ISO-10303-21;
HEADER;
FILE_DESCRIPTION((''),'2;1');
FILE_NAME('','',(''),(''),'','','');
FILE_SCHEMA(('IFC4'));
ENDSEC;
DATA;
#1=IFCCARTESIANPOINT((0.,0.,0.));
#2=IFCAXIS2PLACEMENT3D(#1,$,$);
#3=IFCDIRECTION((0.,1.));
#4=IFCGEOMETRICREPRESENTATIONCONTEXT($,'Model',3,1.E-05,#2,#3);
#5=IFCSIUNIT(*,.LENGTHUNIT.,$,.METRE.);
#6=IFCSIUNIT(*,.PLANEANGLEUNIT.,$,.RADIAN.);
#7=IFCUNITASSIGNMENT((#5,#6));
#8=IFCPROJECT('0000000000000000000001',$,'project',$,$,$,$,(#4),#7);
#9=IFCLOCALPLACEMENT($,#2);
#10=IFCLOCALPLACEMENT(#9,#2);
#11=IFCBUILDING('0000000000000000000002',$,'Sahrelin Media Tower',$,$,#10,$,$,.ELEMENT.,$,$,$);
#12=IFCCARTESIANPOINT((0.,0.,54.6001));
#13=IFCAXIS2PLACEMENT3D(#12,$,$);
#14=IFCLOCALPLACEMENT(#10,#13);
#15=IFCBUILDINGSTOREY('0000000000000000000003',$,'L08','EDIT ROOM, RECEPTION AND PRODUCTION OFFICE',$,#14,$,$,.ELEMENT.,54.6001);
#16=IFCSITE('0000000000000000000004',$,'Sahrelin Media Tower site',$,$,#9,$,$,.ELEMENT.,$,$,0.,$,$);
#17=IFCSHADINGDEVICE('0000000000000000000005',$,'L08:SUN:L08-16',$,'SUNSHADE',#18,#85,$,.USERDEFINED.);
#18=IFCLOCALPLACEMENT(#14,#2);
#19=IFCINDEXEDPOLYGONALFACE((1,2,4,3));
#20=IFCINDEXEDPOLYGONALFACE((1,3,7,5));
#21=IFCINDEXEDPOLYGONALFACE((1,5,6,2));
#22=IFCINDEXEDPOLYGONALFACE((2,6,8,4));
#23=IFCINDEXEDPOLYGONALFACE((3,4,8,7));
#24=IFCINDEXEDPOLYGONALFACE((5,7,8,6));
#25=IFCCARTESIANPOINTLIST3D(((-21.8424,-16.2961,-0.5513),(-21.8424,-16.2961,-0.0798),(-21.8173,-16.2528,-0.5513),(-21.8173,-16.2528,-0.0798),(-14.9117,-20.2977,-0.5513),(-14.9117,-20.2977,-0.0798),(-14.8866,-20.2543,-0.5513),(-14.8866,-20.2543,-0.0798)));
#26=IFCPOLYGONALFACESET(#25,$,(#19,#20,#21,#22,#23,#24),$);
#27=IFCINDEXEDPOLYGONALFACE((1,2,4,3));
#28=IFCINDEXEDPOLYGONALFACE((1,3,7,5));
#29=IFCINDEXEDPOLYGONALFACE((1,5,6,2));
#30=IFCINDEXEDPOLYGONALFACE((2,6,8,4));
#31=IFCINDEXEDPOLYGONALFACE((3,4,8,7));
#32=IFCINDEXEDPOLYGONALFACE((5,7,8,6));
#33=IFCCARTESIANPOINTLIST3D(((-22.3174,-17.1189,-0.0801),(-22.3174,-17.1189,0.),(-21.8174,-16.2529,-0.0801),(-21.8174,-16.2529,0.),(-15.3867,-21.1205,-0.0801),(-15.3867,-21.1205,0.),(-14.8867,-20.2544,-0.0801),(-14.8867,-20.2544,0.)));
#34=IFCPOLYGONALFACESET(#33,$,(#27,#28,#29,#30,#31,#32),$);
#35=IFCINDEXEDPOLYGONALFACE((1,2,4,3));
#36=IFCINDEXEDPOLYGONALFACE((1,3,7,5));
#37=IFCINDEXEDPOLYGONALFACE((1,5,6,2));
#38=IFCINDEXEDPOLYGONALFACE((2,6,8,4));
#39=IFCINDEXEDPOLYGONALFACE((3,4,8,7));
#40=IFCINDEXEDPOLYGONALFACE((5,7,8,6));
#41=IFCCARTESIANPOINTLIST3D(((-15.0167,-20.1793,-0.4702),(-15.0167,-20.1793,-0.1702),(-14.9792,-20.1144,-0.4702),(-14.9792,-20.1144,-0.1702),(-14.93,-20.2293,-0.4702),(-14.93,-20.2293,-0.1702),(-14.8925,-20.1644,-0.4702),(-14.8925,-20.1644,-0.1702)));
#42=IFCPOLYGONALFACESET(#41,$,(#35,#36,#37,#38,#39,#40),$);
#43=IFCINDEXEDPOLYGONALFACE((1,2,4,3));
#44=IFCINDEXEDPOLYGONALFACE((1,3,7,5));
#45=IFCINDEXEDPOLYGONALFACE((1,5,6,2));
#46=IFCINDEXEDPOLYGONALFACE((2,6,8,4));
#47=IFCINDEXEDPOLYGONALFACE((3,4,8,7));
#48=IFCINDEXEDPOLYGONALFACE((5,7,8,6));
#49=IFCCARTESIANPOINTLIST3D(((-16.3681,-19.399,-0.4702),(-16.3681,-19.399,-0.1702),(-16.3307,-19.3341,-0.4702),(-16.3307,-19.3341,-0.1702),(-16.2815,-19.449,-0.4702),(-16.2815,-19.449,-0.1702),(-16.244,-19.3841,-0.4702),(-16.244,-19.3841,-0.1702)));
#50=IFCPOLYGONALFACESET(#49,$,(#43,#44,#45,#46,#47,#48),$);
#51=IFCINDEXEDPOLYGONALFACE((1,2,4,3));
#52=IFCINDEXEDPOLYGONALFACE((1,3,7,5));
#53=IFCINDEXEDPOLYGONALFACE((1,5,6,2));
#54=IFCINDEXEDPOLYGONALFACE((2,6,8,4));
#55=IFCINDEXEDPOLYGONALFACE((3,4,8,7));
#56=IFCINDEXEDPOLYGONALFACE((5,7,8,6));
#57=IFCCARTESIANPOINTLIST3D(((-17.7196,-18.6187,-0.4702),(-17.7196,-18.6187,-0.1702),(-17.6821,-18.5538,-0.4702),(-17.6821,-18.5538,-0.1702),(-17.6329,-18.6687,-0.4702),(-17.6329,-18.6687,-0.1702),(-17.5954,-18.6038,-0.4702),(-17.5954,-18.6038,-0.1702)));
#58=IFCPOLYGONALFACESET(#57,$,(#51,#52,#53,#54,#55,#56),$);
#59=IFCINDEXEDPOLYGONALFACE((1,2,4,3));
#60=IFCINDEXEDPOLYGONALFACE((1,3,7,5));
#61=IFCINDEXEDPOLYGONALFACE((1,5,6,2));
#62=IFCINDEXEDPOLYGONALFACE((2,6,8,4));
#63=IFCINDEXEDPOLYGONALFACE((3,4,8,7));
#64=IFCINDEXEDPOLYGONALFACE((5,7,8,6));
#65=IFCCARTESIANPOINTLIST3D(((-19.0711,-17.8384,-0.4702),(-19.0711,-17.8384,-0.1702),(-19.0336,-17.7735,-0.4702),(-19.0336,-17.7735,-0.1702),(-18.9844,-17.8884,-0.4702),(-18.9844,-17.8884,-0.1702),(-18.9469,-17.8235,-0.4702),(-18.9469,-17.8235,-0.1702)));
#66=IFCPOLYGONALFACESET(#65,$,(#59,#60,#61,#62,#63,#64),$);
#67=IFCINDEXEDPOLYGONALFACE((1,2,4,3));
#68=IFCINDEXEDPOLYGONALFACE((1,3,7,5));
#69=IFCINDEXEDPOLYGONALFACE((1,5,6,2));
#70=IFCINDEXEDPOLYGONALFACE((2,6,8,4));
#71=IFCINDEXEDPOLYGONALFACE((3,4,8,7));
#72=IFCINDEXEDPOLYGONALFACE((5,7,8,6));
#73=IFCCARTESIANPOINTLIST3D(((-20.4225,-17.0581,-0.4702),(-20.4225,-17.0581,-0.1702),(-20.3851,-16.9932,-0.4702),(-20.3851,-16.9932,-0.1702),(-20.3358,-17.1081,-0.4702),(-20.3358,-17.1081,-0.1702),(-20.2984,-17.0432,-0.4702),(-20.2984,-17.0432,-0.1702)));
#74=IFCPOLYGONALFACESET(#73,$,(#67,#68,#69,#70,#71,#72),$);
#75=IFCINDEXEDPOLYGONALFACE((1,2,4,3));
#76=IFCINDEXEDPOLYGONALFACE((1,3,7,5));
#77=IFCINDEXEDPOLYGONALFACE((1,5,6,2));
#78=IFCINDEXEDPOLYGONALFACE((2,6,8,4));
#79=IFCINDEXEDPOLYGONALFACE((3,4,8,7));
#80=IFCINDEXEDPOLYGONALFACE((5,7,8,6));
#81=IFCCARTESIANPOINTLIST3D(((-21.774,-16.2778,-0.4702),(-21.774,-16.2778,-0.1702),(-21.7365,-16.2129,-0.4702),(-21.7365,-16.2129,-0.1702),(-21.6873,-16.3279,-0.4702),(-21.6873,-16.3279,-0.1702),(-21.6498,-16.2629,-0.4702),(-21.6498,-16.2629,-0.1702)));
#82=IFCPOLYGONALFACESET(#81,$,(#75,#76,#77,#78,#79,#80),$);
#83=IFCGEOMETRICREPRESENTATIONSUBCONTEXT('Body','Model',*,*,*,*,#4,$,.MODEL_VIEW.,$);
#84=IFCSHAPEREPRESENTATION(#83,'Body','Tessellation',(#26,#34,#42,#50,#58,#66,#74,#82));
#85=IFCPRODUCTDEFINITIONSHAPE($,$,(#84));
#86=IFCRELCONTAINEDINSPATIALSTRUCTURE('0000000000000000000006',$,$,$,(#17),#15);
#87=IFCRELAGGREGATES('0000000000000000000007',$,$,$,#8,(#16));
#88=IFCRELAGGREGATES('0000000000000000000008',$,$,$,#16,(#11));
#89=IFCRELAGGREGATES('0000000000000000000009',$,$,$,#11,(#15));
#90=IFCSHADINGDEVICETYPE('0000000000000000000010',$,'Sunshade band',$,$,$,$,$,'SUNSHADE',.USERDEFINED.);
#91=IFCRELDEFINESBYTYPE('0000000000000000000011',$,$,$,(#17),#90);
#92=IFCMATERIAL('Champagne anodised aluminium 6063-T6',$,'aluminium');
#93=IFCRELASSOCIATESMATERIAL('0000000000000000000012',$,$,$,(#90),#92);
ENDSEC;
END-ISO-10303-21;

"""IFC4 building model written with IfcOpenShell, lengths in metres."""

from ifc_helpers import new_model, si_unit, direction, frame, origin, origin_2d, place, context, subcontext, project, spatial, rectangle, extrude, material, type_object, element, save


model = new_model("IFC4")

# Units and contexts
model_context = context("Model", 3, precision=1e-05, world=origin(), true_north=direction((0.0, 1.0)))
body_context = subcontext(model_context, "Body", "Model", "MODEL_VIEW")
ifc_project = project(units=[si_unit("LENGTHUNIT", "METRE"), si_unit("PLANEANGLEUNIT", "RADIAN")], contexts=[model_context])

# Site, building, storey
site_placement = place(None, origin())
site = spatial("IfcSite", under=ifc_project, at=site_placement, Name="Sahrelin Media Tower site", CompositionType="ELEMENT", RefElevation=0.0)
building_placement = place(site_placement, origin())
building = spatial("IfcBuilding", under=site, at=building_placement, Name="Sahrelin Media Tower", CompositionType="ELEMENT")
storey_placement = place(building_placement, frame((0.0, 0.0, 54.6001)))
storey = spatial("IfcBuildingStorey", under=building, at=storey_placement, Name="L08", Description="EDIT ROOM, RECEPTION AND PRODUCTION OFFICE", CompositionType="ELEMENT", Elevation=54.6001)

# Shared definitions
ifc_material_1 = material(Name="Champagne anodised aluminium 6063-T6", Category="aluminium")

# Shading device
placement_1 = place(storey_placement, frame((-18.342, -18.2363, 0.0), z_axis=(0.0, 0.0, 1.0), x_axis=(-0.866019, 0.500011, 0.0)))
shading_device_type_1 = type_object("IfcShadingDeviceType", Name="Sunshade band", ElementType="SUNSHADE", PredefinedType="USERDEFINED", material=ifc_material_1)
element("IfcShadingDevice", 1, at=placement_1, inside=storey, type_object=shading_device_type_1, Name="L08:SUN:L08-16", ObjectType="SUNSHADE", PredefinedType="USERDEFINED", context=body_context, shape_type="SweptSolid", body=[
    extrude(rectangle(XDim=8.0029, YDim=0.05, at=origin_2d()), frame((0.0, 0.0449, -0.5513)), (0.0, 0.0, 1.0), 0.4714),
    extrude(rectangle(XDim=8.0029, YDim=1.0, at=origin_2d()), frame((0.0, 0.52, -0.0801)), (0.0, 0.0, 1.0), 0.0801),
    extrude(rectangle(XDim=0.1001, YDim=0.075, at=origin_2d()), frame((-3.9014, -0.0176, -0.4702)), (0.0, 0.0, 1.0), 0.3),
    extrude(rectangle(XDim=0.1001, YDim=0.075, at=origin_2d()), frame((-2.3408, -0.0176, -0.4702)), (0.0, 0.0, 1.0), 0.3),
    extrude(rectangle(XDim=0.1001, YDim=0.075, at=origin_2d()), frame((-0.7803, -0.0176, -0.4702)), (0.0, 0.0, 1.0), 0.3),
    extrude(rectangle(XDim=0.1001, YDim=0.075, at=origin_2d()), frame((0.7803, -0.0176, -0.4702)), (0.0, 0.0, 1.0), 0.3),
    extrude(rectangle(XDim=0.1001, YDim=0.075, at=origin_2d()), frame((2.3408, -0.0176, -0.4702)), (0.0, 0.0, 1.0), 0.3),
    extrude(rectangle(XDim=0.1001, YDim=0.075, at=origin_2d()), frame((3.9014, -0.0176, -0.4702)), (0.0, 0.0, 1.0), 0.3),
])

save(model, "model.ifc")
